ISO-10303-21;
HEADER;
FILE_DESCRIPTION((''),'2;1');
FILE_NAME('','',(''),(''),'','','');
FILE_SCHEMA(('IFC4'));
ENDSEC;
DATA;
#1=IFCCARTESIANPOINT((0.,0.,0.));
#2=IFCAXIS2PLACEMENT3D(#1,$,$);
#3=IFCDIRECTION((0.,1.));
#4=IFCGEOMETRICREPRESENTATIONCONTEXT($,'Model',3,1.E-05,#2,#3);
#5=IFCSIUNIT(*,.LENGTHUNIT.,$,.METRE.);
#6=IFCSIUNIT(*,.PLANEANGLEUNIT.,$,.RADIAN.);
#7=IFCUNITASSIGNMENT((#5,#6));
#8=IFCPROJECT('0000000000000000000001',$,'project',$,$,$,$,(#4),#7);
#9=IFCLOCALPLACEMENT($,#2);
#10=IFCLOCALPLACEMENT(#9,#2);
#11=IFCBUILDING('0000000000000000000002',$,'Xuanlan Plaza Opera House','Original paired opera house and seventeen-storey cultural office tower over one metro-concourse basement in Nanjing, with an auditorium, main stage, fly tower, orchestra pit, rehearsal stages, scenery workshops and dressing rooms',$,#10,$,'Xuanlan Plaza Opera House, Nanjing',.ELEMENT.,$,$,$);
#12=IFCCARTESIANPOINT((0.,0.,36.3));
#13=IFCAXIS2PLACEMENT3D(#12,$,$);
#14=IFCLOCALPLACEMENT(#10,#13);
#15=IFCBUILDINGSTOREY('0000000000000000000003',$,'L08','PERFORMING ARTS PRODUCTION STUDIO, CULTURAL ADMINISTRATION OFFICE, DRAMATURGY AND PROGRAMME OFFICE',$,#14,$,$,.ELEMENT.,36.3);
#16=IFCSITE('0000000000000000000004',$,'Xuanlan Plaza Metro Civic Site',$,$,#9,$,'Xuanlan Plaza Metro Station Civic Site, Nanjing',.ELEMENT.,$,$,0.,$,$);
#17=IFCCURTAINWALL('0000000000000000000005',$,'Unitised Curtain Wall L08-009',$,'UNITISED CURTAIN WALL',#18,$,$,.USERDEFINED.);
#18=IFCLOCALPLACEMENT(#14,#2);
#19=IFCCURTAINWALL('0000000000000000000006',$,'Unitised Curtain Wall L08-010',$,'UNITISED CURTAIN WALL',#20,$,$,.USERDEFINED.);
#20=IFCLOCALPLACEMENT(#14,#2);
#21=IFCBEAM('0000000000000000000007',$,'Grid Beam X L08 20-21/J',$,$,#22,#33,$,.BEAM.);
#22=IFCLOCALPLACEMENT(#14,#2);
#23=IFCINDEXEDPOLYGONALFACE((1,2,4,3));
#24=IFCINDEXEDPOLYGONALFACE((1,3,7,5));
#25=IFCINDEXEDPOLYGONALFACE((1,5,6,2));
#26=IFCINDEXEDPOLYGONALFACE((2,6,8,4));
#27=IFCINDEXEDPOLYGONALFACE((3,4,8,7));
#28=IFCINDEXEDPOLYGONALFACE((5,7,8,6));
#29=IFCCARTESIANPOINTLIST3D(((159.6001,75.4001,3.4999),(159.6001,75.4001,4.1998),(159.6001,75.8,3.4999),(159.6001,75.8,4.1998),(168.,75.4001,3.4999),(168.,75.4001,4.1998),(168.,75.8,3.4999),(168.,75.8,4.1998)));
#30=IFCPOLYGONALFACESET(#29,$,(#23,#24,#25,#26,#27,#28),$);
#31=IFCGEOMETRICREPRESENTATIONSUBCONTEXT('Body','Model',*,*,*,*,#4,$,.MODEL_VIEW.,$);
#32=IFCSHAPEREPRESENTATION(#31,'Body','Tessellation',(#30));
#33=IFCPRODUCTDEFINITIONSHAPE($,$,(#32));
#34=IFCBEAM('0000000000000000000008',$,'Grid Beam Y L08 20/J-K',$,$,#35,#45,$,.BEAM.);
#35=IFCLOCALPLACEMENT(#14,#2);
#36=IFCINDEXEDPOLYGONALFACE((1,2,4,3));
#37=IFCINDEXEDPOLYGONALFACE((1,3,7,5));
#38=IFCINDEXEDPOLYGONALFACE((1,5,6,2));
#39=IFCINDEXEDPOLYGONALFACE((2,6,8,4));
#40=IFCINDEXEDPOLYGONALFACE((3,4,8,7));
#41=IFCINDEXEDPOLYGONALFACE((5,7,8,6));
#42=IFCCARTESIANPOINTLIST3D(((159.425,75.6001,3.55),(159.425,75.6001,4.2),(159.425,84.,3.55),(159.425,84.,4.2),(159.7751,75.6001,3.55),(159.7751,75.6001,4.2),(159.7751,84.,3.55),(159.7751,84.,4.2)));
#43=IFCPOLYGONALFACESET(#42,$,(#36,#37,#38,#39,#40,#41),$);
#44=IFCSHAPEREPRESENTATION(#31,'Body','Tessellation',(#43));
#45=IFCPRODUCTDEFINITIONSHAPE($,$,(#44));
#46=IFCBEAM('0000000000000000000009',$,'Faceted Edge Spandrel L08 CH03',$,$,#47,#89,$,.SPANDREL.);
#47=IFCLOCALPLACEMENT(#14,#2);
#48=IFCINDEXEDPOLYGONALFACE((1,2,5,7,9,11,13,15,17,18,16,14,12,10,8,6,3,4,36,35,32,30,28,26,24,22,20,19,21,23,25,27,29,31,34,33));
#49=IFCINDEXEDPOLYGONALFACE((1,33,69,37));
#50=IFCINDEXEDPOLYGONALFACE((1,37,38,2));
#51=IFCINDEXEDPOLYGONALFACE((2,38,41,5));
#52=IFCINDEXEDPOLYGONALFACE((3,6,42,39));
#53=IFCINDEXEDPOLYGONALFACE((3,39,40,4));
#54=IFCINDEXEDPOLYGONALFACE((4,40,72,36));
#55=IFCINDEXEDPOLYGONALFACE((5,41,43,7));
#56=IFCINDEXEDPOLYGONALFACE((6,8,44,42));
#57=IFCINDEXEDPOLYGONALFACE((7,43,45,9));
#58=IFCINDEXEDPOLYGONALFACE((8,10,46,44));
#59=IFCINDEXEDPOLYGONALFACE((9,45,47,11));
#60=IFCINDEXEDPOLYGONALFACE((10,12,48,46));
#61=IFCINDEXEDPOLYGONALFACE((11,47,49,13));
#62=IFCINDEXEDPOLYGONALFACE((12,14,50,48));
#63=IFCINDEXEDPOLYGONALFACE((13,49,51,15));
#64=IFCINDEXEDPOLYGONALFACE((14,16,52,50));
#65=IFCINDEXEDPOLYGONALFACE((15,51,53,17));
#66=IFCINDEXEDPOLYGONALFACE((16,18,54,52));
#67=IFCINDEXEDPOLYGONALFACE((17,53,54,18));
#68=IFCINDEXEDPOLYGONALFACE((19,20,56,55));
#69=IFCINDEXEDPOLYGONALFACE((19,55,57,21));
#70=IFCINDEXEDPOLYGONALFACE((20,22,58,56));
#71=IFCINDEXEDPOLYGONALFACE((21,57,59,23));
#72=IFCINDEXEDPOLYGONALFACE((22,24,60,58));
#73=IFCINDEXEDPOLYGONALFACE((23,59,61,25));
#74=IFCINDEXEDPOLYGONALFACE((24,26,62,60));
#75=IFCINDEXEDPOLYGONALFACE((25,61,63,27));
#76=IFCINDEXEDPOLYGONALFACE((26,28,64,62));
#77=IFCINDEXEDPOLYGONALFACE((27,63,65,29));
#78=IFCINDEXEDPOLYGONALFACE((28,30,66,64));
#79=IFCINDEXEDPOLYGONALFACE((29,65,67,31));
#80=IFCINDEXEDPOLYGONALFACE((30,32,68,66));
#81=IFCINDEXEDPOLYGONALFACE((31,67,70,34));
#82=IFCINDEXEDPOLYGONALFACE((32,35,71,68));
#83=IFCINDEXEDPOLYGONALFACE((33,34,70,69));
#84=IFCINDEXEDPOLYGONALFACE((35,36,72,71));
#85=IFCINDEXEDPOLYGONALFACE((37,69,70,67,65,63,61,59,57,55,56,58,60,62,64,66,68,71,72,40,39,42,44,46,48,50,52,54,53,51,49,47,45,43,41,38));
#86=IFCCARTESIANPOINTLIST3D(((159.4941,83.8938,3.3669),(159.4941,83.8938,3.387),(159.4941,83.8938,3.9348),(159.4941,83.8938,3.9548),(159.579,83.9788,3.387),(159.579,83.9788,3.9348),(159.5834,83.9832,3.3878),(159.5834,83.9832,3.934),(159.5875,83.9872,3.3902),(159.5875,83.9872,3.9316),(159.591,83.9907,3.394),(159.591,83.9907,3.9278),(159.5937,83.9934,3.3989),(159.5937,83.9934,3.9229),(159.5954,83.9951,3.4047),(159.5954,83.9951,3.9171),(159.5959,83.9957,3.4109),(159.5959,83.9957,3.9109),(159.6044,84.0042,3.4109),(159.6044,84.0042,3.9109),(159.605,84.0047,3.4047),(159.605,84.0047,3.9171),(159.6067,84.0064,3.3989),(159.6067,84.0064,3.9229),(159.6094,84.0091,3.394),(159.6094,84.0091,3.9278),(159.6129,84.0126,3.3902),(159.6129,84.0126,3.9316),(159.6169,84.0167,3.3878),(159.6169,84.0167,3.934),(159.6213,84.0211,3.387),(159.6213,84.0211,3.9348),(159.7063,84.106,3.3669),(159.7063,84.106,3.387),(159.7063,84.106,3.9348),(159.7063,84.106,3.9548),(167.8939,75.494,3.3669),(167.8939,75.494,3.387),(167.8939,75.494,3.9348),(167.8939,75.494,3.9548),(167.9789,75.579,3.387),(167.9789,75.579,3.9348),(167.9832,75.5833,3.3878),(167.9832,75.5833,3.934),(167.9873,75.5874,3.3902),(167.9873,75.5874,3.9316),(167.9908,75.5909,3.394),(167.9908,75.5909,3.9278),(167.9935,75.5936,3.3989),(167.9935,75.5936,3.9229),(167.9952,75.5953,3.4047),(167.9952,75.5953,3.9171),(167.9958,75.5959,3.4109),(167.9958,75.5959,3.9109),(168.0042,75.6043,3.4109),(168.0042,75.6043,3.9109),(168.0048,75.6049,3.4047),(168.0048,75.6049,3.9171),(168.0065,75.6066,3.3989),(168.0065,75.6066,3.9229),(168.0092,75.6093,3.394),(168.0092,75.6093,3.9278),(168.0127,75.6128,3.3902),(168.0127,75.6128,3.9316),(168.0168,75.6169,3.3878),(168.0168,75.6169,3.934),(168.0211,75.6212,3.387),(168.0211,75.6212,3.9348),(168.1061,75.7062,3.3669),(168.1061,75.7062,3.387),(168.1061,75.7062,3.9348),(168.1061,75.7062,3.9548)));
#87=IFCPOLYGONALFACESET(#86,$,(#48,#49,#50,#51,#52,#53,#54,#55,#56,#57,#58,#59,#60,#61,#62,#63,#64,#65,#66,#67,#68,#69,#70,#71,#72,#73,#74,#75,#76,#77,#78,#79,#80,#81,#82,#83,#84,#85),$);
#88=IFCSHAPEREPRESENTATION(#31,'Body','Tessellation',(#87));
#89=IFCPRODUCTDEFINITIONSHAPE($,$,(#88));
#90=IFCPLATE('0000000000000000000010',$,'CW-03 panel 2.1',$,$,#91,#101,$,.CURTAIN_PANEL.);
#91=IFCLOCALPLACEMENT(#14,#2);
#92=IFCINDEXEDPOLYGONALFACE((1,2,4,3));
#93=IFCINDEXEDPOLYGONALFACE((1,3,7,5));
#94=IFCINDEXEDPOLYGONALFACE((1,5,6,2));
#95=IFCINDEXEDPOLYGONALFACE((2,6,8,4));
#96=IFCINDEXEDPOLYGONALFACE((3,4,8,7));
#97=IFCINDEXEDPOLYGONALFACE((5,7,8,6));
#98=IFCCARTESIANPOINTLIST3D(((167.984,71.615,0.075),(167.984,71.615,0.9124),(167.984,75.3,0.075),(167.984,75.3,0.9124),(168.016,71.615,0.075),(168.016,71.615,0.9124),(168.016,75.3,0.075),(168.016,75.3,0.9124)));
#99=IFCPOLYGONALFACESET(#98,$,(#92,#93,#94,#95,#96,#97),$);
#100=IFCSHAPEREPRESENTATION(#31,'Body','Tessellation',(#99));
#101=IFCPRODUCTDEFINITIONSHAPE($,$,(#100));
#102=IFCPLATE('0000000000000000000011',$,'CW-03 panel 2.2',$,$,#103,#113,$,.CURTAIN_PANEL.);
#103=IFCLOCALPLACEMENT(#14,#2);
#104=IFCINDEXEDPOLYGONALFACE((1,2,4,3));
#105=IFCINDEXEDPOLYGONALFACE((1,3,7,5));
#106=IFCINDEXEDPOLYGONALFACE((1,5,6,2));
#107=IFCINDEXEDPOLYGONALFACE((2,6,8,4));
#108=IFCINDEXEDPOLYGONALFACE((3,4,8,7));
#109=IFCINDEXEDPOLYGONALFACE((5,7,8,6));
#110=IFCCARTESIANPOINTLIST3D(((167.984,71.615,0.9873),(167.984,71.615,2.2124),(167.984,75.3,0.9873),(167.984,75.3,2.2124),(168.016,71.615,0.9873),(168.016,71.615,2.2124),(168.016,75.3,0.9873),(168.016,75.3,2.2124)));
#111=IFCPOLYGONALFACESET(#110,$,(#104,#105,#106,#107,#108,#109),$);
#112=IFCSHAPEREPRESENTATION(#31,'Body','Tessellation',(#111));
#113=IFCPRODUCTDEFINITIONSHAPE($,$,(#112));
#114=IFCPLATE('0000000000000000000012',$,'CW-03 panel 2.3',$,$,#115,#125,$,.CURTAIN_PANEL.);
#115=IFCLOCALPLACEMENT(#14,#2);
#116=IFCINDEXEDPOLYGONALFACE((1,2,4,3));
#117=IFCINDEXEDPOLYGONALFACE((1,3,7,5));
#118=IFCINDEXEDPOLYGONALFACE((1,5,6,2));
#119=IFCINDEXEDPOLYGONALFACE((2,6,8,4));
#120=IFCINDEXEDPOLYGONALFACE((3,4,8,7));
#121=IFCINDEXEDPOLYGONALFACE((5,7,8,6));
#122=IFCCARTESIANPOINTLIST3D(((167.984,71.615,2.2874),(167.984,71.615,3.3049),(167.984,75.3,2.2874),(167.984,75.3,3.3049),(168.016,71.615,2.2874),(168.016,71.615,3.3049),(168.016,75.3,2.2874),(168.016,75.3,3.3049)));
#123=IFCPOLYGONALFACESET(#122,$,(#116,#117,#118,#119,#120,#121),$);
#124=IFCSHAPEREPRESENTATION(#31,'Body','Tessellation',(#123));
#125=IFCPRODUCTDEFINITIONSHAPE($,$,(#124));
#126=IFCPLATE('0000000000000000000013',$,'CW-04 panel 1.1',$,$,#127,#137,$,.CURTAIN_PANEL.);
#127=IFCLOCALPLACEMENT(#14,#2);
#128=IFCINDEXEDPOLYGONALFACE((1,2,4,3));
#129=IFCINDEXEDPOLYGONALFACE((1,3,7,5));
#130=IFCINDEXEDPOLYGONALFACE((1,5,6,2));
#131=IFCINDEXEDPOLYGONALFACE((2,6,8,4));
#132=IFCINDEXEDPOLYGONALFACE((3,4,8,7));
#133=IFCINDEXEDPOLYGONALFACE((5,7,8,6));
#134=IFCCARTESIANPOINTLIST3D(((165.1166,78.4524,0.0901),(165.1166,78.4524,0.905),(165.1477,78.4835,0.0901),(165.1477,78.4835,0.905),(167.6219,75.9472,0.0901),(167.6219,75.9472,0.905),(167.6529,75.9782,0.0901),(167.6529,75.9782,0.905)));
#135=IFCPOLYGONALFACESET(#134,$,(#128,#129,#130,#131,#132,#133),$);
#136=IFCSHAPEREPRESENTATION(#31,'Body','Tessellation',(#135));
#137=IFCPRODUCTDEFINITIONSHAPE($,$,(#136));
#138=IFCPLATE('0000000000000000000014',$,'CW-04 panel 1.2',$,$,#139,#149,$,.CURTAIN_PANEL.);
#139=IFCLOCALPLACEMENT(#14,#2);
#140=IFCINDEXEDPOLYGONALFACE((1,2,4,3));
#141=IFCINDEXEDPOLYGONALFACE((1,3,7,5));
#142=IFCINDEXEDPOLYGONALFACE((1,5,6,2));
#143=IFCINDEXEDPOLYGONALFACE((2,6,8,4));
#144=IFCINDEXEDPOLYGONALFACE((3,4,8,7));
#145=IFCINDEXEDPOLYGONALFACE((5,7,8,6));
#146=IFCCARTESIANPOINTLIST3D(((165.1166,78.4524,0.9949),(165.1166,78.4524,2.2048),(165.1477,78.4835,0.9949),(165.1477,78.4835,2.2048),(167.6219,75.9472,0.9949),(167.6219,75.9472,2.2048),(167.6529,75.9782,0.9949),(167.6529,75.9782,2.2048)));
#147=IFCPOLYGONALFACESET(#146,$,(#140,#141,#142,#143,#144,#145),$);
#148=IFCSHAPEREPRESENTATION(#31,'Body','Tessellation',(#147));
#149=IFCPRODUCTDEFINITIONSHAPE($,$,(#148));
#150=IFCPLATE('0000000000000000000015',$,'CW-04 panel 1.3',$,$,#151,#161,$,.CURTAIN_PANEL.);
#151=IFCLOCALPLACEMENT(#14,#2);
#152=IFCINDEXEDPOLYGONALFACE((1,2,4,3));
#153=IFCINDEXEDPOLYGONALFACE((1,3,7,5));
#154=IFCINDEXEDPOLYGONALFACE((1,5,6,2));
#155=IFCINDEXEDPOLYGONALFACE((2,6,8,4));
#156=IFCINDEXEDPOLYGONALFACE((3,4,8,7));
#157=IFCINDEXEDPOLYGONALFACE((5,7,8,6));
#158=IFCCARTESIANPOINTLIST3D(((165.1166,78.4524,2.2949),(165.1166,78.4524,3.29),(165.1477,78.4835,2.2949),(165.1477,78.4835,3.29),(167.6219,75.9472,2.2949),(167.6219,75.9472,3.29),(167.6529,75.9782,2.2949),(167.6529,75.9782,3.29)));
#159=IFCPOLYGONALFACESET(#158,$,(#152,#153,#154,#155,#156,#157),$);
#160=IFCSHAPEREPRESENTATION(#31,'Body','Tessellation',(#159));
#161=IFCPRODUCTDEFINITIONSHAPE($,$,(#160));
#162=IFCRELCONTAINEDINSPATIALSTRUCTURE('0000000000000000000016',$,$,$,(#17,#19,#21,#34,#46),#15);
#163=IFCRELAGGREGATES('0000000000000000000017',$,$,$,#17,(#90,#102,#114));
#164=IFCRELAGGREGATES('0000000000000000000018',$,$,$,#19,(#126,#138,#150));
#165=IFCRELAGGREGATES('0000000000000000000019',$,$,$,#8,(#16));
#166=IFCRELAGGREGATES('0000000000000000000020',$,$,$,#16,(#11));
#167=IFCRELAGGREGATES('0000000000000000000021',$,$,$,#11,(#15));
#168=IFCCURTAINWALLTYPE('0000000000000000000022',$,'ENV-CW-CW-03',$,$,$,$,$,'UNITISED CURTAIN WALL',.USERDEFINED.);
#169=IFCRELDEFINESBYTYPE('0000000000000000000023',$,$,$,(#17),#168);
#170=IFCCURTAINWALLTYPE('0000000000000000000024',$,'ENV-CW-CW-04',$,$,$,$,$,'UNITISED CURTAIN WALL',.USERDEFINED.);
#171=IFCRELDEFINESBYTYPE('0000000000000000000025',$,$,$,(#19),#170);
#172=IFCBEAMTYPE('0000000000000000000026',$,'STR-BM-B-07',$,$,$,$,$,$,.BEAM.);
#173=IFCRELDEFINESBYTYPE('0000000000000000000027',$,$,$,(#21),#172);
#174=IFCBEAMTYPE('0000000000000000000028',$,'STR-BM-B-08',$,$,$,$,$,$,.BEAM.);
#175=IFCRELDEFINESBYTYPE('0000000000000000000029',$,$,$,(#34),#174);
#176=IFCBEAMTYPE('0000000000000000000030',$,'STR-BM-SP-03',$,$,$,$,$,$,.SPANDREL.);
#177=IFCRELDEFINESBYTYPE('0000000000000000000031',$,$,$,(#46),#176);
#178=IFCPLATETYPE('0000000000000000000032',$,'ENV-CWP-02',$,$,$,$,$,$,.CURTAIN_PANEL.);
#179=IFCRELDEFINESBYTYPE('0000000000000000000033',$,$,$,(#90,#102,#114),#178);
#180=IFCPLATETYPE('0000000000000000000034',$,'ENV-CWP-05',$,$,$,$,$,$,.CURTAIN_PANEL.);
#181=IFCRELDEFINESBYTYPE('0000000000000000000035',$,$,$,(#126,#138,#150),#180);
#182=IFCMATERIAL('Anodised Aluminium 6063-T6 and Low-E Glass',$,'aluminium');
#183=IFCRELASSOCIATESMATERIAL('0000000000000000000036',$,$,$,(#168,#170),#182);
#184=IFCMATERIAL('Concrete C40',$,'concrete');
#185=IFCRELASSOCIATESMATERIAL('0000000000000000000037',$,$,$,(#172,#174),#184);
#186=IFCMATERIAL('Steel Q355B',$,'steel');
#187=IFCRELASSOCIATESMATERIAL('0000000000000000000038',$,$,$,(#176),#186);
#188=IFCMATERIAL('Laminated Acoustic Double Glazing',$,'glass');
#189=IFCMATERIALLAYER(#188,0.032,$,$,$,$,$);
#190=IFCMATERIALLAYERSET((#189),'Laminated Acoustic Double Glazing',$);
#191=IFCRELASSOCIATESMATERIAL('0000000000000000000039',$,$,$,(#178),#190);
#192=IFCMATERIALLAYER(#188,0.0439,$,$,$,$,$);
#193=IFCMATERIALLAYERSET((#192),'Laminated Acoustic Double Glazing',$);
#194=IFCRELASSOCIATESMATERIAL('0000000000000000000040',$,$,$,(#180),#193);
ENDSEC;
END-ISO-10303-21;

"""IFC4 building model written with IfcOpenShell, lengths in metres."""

from ifc_helpers import new_model, si_unit, direction, frame, origin, origin_2d, place, context, subcontext, project, spatial, rectangle, i_section, extrude, material, layer, layer_set, material_profile, profile_set, type_object, element, aggregate, save


model = new_model("IFC4")

# Units and contexts
model_context = context("Model", 3, precision=1e-05, world=origin(), true_north=direction((0.0, 1.0)))
body_context = subcontext(model_context, "Body", "Model", "MODEL_VIEW")
ifc_project = project(units=[si_unit("LENGTHUNIT", "METRE"), si_unit("PLANEANGLEUNIT", "RADIAN")], contexts=[model_context])

# Site, building, storey
site_placement = place(None, origin())
site = spatial("IfcSite", under=ifc_project, at=site_placement, Name="Xuanlan Plaza Metro Civic Site", LongName="Xuanlan Plaza Metro Station Civic Site, Nanjing", CompositionType="ELEMENT", RefElevation=0.0)
building_placement = place(site_placement, origin())
building = spatial("IfcBuilding", under=site, at=building_placement, Name="Xuanlan Plaza Opera House", Description="Original paired opera house and seventeen-storey cultural office tower over one metro-concourse basement in Nanjing, with an auditorium, main stage, fly tower, orchestra pit, rehearsal stages, scenery workshops and dressing rooms", LongName="Xuanlan Plaza Opera House, Nanjing", CompositionType="ELEMENT")
storey_placement = place(building_placement, frame((0.0, 0.0, 36.3)))
storey = spatial("IfcBuildingStorey", under=building, at=storey_placement, Name="L08", Description="PERFORMING ARTS PRODUCTION STUDIO, CULTURAL ADMINISTRATION OFFICE, DRAMATURGY AND PROGRAMME OFFICE", CompositionType="ELEMENT", Elevation=36.3)

# Shared definitions
ifc_material_1 = material(Name="Steel Q355B", Category="steel")

# Curtain walls
ifc_material_2 = material(Name="Anodised Aluminium 6063-T6 and Low-E Glass", Category="aluminium")
curtain_wall_type_1 = type_object("IfcCurtainWallType", Name="ENV-CW-CW-03", ElementType="UNITISED CURTAIN WALL", PredefinedType="USERDEFINED", material=ifc_material_2)
curtain_wall_1_placement = place(storey_placement, origin())
curtain_wall_1 = element("IfcCurtainWall", 1, at=curtain_wall_1_placement, inside=storey, type_object=curtain_wall_type_1, Name="Unitised Curtain Wall L08-009", ObjectType="UNITISED CURTAIN WALL", PredefinedType="USERDEFINED")
curtain_wall_type_2 = type_object("IfcCurtainWallType", Name="ENV-CW-CW-04", ElementType="UNITISED CURTAIN WALL", PredefinedType="USERDEFINED", material=ifc_material_2)
curtain_wall_2_placement = place(storey_placement, origin())
curtain_wall_2 = element("IfcCurtainWall", 2, at=curtain_wall_2_placement, inside=storey, type_object=curtain_wall_type_2, Name="Unitised Curtain Wall L08-010", ObjectType="UNITISED CURTAIN WALL", PredefinedType="USERDEFINED")

# Beams
ifc_material_3 = material(Name="Concrete C40", Category="concrete")
ifc_material_profile_1 = material_profile(ifc_material_3, rectangle(XDim=0.3999, YDim=0.7, at=origin_2d()), Name="RC-BM 400x700")
ifc_profile_set_1 = profile_set([ifc_material_profile_1], Name="Concrete C40")
beam_type_1 = type_object("IfcBeamType", Name="STR-BM-B-07", PredefinedType="BEAM", material=ifc_profile_set_1)
beam_1_placement = place(storey_placement, frame((159.6001, 75.6001, 3.8499), z_axis=(1.0, 0.0, 0.0), x_axis=(0.0, 1.0, 0.0)))
element("IfcBeam", 3, at=beam_1_placement, inside=storey, type_object=beam_type_1, Name="Grid Beam X L08 20-21/J", PredefinedType="BEAM", context=body_context, shape_type="SweptSolid", body=[
    extrude(rectangle(XDim=0.3999, YDim=0.7, at=origin_2d()), origin(), (0.0, 0.0, 1.0), 8.3999),
])
ifc_material_profile_2 = material_profile(ifc_material_3, rectangle(XDim=0.3501, YDim=0.6499, at=origin_2d()), Name="RC-BM 350x650")
ifc_profile_set_2 = profile_set([ifc_material_profile_2], Name="Concrete C40")
beam_type_2 = type_object("IfcBeamType", Name="STR-BM-B-08", PredefinedType="BEAM", material=ifc_profile_set_2)
beam_2_placement = place(storey_placement, frame((159.6001, 75.6001, 3.875), z_axis=(0.0, 1.0, 0.0), x_axis=(-1.0, 0.0, 0.0)))
element("IfcBeam", 4, at=beam_2_placement, inside=storey, type_object=beam_type_2, Name="Grid Beam Y L08 20/J-K", PredefinedType="BEAM", context=body_context, shape_type="SweptSolid", body=[
    extrude(rectangle(XDim=0.3501, YDim=0.6499, at=origin_2d()), origin(), (0.0, 0.0, 1.0), 8.3999),
])
ifc_material_profile_3 = material_profile(ifc_material_1, i_section(OverallWidth=0.3, OverallDepth=0.5879, WebThickness=0.012, FlangeThickness=0.02, FilletRadius=0.0239, at=origin_2d()), Name="HM 588x300x12x20")
ifc_profile_set_3 = profile_set([ifc_material_profile_3], Name="Steel Q355B")
beam_type_3 = type_object("IfcBeamType", Name="STR-BM-SP-03", PredefinedType="SPANDREL", material=ifc_profile_set_3)
beam_3_placement = place(storey_placement, frame((168.0, 75.6001, 3.6609), z_axis=(-0.707107, 0.707107, 0.0), x_axis=(-0.707107, -0.707107, 0.0)))
element("IfcBeam", 5, at=beam_3_placement, inside=storey, type_object=beam_type_3, Name="Faceted Edge Spandrel L08 CH03", PredefinedType="SPANDREL", context=body_context, shape_type="SweptSolid", body=[
    extrude(i_section(OverallWidth=0.3, OverallDepth=0.5879, WebThickness=0.012, FlangeThickness=0.02, FilletRadius=0.0239, at=origin_2d()), origin(), (0.0, 0.0, 1.0), 11.8792),
])

# Plates
ifc_material_4 = material(Name="Laminated Acoustic Double Glazing", Category="glass")
ifc_layer_1 = layer(ifc_material_4, 0.032)
ifc_layer_set_1 = layer_set([ifc_layer_1], Name="Laminated Acoustic Double Glazing")
plate_type_1 = type_object("IfcPlateType", Name="ENV-CWP-02", PredefinedType="CURTAIN_PANEL", material=ifc_layer_set_1)
plate_1_placement = place(storey_placement, frame((168.0, 73.4575, 0.075), z_axis=(0.0, 0.0, 1.0), x_axis=(0.0, 1.0, 0.0)))
plate_1 = element("IfcPlate", 6, at=plate_1_placement, type_object=plate_type_1, Name="CW-03 panel 2.1", PredefinedType="CURTAIN_PANEL", context=body_context, shape_type="SweptSolid", body=[
    extrude(rectangle(XDim=3.6851, YDim=0.032, at=origin_2d()), origin(), (0.0, 0.0, 1.0), 0.8374),
])
plate_2_placement = place(storey_placement, frame((168.0, 73.4575, 0.9873), z_axis=(0.0, 0.0, 1.0), x_axis=(0.0, 1.0, 0.0)))
plate_2 = element("IfcPlate", 7, at=plate_2_placement, type_object=plate_type_1, Name="CW-03 panel 2.2", PredefinedType="CURTAIN_PANEL", context=body_context, shape_type="SweptSolid", body=[
    extrude(rectangle(XDim=3.6851, YDim=0.032, at=origin_2d()), origin(), (0.0, 0.0, 1.0), 1.2251),
])
plate_3_placement = place(storey_placement, frame((168.0, 73.4575, 2.2874), z_axis=(0.0, 0.0, 1.0), x_axis=(0.0, 1.0, 0.0)))
plate_3 = element("IfcPlate", 8, at=plate_3_placement, type_object=plate_type_1, Name="CW-03 panel 2.3", PredefinedType="CURTAIN_PANEL", context=body_context, shape_type="SweptSolid", body=[
    extrude(rectangle(XDim=3.6851, YDim=0.032, at=origin_2d()), origin(), (0.0, 0.0, 1.0), 1.0176),
])
aggregate(curtain_wall_1, [plate_1, plate_2, plate_3])
ifc_layer_2 = layer(ifc_material_4, 0.0439)
ifc_layer_set_2 = layer_set([ifc_layer_2], Name="Laminated Acoustic Double Glazing")
plate_type_2 = type_object("IfcPlateType", Name="ENV-CWP-05", PredefinedType="CURTAIN_PANEL", material=ifc_layer_set_2)
plate_4_placement = place(storey_placement, frame((166.3848, 77.2153, 0.0901), z_axis=(0.0, 0.0, 1.0), x_axis=(-0.707107, 0.707107, 0.0)))
plate_4 = element("IfcPlate", 9, at=plate_4_placement, type_object=plate_type_2, Name="CW-04 panel 1.1", PredefinedType="CURTAIN_PANEL", context=body_context, shape_type="SweptSolid", body=[
    extrude(rectangle(XDim=3.543, YDim=0.0439, at=origin_2d()), origin(), (0.0, 0.0, 1.0), 0.8149),
])
plate_5_placement = place(storey_placement, frame((166.3848, 77.2153, 0.9949), z_axis=(0.0, 0.0, 1.0), x_axis=(-0.707107, 0.707107, 0.0)))
plate_5 = element("IfcPlate", 10, at=plate_5_placement, type_object=plate_type_2, Name="CW-04 panel 1.2", PredefinedType="CURTAIN_PANEL", context=body_context, shape_type="SweptSolid", body=[
    extrude(rectangle(XDim=3.543, YDim=0.0439, at=origin_2d()), origin(), (0.0, 0.0, 1.0), 1.21),
])
plate_6_placement = place(storey_placement, frame((166.3848, 77.2153, 2.2949), z_axis=(0.0, 0.0, 1.0), x_axis=(-0.707107, 0.707107, 0.0)))
plate_6 = element("IfcPlate", 11, at=plate_6_placement, type_object=plate_type_2, Name="CW-04 panel 1.3", PredefinedType="CURTAIN_PANEL", context=body_context, shape_type="SweptSolid", body=[
    extrude(rectangle(XDim=3.543, YDim=0.0439, at=origin_2d()), origin(), (0.0, 0.0, 1.0), 0.9951),
])
aggregate(curtain_wall_2, [plate_4, plate_5, plate_6])

save(model, "model.ifc")
